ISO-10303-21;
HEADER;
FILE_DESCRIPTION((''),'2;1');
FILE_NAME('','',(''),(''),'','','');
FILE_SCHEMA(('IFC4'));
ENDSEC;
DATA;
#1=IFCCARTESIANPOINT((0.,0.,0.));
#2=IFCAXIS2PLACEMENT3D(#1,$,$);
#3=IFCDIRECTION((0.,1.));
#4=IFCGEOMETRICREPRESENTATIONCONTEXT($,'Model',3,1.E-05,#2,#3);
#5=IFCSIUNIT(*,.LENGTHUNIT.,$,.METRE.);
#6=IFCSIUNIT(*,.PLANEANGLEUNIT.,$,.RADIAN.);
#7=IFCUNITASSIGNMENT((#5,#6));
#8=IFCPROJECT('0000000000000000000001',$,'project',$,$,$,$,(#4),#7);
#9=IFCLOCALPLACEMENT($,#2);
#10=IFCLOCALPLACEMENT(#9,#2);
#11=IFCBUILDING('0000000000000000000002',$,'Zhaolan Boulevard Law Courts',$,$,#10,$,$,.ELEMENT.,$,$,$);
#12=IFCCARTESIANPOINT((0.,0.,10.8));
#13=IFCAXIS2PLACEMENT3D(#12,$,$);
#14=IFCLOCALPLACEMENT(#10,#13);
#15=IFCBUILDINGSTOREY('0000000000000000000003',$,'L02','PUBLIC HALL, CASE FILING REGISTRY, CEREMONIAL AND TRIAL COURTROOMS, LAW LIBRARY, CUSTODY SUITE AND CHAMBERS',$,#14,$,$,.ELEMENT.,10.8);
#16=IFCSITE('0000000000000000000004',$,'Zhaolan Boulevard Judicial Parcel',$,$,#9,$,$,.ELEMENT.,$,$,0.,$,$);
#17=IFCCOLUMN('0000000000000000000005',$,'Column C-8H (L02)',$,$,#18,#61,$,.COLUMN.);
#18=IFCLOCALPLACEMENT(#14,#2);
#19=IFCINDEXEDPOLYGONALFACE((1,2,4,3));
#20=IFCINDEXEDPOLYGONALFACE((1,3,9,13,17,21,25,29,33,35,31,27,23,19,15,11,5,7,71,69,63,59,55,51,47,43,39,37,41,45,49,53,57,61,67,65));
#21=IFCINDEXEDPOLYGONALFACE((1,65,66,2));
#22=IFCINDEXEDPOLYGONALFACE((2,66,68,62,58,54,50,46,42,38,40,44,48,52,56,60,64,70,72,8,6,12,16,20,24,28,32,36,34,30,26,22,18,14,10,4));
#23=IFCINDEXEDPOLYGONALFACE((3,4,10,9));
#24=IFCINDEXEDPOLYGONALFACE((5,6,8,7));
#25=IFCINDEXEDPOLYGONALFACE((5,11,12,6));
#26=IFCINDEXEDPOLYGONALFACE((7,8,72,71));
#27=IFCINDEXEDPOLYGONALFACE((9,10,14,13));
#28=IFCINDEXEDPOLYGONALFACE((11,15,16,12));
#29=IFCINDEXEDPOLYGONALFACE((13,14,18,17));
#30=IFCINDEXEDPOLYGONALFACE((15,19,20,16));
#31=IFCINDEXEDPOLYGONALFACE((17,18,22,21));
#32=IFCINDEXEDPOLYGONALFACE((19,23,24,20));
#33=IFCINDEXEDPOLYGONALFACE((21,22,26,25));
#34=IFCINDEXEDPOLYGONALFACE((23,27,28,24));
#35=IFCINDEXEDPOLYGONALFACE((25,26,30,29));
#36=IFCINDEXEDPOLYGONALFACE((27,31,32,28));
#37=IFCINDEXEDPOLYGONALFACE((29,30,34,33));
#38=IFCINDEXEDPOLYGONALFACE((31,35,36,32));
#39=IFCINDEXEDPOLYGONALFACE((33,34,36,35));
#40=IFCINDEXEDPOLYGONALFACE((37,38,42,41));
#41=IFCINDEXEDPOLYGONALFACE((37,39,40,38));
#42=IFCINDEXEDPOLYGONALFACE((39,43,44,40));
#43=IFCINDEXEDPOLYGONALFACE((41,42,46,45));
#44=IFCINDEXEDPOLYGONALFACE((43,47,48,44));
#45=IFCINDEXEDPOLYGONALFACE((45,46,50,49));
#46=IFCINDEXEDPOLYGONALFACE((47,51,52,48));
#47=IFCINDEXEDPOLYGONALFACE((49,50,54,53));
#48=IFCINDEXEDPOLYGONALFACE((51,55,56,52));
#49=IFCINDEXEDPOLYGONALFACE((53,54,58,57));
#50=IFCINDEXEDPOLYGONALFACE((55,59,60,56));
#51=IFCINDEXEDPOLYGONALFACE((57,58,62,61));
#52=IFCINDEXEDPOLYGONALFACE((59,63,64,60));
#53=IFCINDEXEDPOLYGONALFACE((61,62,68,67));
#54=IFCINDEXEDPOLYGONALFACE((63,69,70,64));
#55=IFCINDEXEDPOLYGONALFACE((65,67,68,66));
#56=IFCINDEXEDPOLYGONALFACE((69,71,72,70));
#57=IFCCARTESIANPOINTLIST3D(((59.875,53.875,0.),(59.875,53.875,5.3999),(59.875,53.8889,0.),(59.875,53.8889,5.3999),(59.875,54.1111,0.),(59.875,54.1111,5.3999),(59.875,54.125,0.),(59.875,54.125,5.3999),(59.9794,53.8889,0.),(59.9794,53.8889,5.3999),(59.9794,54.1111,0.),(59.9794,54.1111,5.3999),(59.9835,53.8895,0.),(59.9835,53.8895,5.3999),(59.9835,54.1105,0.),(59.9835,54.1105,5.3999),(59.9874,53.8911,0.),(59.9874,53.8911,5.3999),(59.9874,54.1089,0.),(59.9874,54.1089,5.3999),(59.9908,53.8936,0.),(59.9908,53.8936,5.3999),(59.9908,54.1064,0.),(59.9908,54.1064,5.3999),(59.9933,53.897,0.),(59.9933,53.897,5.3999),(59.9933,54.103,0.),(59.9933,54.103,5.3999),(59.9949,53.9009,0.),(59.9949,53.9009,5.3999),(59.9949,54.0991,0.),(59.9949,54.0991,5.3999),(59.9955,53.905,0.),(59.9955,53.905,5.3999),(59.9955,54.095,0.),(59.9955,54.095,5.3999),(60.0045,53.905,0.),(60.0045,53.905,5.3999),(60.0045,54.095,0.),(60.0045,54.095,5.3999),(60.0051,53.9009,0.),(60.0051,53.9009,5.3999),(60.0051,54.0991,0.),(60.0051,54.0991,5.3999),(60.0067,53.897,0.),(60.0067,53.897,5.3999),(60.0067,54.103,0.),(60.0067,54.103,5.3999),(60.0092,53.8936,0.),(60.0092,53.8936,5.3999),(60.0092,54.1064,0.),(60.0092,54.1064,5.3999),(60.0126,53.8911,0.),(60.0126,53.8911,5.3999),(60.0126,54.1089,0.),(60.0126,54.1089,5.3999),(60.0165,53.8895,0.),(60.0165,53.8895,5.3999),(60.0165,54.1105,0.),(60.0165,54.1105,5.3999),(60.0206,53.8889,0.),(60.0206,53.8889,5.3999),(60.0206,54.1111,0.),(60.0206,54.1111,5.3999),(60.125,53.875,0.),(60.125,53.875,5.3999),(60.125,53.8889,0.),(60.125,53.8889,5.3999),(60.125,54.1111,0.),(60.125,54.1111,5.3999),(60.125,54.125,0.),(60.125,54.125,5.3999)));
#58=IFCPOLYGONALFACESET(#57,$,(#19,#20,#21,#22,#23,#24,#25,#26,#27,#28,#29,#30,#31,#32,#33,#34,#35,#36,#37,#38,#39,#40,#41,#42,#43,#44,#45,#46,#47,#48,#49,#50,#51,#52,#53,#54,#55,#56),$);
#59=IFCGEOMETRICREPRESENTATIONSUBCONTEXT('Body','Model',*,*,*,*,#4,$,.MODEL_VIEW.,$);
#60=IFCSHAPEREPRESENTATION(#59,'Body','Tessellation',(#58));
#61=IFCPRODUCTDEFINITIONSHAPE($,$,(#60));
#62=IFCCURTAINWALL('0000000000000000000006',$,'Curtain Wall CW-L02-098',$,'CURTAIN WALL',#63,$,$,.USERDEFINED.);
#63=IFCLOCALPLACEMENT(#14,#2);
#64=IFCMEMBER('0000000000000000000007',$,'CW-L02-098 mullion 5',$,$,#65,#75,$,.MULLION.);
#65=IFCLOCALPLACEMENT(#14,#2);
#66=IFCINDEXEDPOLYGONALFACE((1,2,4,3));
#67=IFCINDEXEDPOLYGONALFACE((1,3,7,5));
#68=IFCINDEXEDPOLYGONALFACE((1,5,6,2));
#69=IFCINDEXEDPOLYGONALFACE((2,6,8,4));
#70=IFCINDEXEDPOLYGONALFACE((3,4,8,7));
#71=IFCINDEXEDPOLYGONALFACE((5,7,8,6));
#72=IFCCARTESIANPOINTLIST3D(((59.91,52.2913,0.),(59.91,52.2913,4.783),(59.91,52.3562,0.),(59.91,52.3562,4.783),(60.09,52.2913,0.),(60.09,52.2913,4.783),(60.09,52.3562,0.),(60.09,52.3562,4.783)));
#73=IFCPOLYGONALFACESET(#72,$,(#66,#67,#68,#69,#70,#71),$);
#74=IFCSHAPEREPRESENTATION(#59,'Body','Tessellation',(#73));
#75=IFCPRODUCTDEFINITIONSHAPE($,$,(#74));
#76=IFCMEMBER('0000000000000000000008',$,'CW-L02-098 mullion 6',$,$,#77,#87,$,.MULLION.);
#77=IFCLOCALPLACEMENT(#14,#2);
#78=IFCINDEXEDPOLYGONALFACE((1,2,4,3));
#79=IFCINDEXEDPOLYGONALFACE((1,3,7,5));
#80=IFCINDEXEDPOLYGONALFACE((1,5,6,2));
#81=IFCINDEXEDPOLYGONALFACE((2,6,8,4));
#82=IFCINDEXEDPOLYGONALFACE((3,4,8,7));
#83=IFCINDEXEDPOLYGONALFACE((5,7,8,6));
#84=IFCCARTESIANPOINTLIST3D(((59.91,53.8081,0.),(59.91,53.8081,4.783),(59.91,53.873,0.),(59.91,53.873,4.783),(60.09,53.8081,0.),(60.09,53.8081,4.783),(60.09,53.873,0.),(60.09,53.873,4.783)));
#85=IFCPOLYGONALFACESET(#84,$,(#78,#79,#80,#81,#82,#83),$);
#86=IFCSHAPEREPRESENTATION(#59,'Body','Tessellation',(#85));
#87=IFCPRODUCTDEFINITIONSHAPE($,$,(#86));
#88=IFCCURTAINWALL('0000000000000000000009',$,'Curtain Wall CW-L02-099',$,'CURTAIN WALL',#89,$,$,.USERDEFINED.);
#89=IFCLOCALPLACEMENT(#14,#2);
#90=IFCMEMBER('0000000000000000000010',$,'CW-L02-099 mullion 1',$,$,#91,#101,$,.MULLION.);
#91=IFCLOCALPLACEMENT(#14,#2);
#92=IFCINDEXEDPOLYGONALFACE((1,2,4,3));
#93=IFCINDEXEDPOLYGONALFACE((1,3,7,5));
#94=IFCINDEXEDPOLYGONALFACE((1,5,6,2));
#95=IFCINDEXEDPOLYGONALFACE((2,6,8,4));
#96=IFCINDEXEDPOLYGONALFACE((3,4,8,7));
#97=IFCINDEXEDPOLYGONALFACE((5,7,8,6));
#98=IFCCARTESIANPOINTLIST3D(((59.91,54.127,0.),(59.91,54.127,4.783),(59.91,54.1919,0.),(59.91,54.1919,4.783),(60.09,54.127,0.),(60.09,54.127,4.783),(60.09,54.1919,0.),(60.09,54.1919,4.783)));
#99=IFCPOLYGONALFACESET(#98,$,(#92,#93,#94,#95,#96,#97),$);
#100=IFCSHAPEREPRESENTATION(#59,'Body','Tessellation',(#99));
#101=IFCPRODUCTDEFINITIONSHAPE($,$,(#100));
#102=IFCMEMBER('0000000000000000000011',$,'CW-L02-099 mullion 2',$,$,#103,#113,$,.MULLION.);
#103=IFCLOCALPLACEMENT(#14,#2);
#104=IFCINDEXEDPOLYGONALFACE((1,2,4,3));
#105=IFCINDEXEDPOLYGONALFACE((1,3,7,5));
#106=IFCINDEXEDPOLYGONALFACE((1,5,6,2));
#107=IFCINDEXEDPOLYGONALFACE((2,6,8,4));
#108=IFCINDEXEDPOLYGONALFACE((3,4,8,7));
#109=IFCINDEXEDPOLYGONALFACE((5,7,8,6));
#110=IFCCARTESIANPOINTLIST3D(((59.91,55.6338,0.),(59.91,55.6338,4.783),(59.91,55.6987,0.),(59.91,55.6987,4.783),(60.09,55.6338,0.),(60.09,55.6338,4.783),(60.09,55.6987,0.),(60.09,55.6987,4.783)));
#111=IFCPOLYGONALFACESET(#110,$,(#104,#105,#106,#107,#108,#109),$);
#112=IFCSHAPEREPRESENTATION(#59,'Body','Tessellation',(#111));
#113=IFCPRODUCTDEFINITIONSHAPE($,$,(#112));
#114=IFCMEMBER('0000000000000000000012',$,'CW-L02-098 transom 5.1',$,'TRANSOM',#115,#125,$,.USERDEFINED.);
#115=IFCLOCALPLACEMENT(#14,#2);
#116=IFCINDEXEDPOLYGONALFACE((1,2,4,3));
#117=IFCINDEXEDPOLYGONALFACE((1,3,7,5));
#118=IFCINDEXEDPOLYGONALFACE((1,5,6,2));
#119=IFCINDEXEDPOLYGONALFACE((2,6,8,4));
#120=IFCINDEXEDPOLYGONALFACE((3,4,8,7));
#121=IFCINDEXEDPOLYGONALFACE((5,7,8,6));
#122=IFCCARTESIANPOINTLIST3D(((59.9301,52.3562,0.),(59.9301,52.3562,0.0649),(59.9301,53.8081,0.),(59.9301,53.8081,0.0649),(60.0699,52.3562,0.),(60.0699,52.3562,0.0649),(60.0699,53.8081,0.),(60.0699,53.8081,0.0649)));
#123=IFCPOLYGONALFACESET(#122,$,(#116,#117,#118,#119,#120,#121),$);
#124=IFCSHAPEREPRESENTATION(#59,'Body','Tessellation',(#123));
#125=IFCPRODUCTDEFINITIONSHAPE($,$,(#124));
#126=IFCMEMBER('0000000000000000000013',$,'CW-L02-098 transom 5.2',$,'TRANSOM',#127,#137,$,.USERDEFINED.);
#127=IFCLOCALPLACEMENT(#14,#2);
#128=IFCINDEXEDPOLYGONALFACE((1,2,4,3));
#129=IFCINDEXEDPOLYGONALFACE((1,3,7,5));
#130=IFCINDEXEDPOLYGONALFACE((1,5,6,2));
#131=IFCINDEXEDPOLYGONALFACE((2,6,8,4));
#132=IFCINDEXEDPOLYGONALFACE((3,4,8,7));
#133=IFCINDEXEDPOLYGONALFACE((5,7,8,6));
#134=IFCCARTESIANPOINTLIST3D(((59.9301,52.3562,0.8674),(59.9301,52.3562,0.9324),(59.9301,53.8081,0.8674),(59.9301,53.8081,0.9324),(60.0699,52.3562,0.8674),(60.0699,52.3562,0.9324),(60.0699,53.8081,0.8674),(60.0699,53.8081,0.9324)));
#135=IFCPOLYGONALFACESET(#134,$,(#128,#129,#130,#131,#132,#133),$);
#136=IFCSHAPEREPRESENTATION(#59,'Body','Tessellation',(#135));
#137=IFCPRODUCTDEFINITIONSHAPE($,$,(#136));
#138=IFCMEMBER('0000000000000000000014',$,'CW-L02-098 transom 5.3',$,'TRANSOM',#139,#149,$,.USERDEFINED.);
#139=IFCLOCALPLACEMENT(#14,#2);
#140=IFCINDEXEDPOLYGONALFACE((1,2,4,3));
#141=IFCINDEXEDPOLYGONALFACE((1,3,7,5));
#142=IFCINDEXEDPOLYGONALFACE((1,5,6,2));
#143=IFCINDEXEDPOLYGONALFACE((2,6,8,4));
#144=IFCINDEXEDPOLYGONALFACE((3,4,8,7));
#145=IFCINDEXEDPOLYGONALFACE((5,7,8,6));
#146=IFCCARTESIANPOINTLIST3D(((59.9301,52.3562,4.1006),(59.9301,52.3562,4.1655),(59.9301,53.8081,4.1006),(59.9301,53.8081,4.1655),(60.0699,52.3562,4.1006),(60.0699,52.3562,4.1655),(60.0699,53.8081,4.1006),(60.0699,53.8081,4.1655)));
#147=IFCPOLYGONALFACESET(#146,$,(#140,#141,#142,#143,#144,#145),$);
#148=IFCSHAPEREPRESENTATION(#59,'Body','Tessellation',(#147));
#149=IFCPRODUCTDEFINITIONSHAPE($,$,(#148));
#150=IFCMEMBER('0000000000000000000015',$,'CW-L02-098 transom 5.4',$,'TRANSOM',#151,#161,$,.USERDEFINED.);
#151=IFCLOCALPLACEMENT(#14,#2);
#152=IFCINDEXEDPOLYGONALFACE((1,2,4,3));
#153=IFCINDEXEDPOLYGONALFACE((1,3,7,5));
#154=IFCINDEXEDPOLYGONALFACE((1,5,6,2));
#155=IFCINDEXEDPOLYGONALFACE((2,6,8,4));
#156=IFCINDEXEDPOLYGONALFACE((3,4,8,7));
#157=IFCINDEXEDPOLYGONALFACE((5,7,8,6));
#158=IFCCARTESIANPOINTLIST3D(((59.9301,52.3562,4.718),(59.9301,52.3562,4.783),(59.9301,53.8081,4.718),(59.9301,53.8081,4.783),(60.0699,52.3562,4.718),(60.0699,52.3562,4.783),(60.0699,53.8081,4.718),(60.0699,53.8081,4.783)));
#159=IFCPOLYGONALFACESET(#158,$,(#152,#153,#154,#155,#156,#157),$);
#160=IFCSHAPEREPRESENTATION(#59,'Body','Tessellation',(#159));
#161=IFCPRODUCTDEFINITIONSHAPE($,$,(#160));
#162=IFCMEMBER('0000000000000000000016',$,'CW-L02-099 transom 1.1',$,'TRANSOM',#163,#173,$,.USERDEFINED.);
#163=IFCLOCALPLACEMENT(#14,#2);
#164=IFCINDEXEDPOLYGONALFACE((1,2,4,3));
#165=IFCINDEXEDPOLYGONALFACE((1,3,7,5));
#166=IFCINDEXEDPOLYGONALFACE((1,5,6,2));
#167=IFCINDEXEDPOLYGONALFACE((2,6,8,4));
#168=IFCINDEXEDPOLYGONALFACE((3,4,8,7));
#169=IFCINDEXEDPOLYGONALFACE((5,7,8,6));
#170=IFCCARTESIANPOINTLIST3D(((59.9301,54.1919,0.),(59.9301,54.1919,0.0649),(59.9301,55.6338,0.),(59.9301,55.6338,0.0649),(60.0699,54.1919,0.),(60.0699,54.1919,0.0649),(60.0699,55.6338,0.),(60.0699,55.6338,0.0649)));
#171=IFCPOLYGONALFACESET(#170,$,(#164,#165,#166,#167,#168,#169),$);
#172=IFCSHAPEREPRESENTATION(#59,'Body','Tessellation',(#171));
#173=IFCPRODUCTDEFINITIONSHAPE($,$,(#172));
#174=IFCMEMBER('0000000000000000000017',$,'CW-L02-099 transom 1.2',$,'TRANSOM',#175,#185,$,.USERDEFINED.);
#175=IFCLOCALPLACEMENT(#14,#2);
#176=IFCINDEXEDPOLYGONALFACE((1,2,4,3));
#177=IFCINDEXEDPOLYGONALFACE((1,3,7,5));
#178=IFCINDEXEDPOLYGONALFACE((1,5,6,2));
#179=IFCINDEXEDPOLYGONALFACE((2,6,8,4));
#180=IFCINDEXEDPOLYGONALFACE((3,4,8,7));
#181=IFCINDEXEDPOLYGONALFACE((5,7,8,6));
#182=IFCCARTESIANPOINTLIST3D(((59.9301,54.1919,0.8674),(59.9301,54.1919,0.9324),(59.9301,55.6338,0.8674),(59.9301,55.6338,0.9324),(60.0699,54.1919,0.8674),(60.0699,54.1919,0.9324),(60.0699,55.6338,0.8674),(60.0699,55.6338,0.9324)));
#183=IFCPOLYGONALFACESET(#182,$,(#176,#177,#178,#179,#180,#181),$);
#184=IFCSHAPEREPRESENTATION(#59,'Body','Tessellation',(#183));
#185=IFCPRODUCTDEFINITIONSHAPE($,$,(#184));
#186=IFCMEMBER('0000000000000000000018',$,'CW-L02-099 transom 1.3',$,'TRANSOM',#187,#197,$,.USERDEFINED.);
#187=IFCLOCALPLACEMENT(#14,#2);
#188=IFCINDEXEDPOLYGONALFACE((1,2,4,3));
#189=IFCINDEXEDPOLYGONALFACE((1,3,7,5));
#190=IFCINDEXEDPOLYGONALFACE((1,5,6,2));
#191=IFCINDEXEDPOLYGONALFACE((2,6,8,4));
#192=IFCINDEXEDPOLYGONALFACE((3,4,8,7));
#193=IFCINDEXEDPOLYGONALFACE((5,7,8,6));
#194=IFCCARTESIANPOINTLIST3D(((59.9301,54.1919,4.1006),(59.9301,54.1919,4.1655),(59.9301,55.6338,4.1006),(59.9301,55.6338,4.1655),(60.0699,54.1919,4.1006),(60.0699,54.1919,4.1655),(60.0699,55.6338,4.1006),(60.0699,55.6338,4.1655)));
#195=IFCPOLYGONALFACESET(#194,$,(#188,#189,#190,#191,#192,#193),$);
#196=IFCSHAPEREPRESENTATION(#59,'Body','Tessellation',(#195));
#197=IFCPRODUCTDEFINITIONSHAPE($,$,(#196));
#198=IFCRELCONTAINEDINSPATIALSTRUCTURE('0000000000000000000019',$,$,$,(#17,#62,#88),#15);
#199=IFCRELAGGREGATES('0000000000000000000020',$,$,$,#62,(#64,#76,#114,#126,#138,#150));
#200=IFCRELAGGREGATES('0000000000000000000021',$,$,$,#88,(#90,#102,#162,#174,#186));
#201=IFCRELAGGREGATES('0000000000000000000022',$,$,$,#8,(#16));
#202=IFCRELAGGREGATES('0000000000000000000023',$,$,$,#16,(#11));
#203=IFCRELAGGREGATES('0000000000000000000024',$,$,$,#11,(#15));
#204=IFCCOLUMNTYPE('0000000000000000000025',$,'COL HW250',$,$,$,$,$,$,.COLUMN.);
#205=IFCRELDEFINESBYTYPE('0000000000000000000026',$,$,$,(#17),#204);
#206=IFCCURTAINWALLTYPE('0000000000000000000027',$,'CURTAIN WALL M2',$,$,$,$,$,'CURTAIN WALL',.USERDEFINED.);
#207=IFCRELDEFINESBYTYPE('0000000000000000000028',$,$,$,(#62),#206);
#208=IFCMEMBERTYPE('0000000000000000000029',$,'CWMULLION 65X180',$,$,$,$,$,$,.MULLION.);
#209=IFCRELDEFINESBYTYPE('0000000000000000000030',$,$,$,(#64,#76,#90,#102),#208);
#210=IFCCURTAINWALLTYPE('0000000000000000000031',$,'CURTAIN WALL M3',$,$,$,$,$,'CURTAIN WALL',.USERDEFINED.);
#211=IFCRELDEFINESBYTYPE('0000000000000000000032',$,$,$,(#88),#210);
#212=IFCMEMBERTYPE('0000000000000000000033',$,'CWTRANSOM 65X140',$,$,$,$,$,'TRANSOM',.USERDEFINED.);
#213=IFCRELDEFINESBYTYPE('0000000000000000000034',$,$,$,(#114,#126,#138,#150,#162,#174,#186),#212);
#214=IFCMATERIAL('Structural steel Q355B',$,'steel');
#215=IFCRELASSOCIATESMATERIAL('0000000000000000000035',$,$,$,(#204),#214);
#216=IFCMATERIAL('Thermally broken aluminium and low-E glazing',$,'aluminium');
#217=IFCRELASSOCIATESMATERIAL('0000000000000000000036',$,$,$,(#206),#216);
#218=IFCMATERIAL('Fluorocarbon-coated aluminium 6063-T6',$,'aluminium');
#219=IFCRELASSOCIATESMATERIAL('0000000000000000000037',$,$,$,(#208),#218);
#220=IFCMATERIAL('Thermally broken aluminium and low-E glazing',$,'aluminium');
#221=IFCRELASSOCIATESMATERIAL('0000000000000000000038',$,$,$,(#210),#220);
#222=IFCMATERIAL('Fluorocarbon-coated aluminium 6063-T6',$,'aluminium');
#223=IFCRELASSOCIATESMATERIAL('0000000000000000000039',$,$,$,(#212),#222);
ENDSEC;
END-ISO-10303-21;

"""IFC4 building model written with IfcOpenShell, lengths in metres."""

from ifc_helpers import new_model, si_unit, direction, frame, origin, origin_2d, place, context, subcontext, project, spatial, rectangle, i_section, extrude, material, material_profile, profile_set, type_object, element, aggregate, save


model = new_model("IFC4")

# Units and contexts
model_context = context("Model", 3, precision=1e-05, world=origin(), true_north=direction((0.0, 1.0)))
body_context = subcontext(model_context, "Body", "Model", "MODEL_VIEW")
ifc_project = project(units=[si_unit("LENGTHUNIT", "METRE"), si_unit("PLANEANGLEUNIT", "RADIAN")], contexts=[model_context])

# Site, building, storey
site_placement = place(None, origin())
site = spatial("IfcSite", under=ifc_project, at=site_placement, Name="Zhaolan Boulevard Judicial Parcel", CompositionType="ELEMENT", RefElevation=0.0)
building_placement = place(site_placement, origin())
building = spatial("IfcBuilding", under=site, at=building_placement, Name="Zhaolan Boulevard Law Courts", CompositionType="ELEMENT")
storey_placement = place(building_placement, frame((0.0, 0.0, 10.8)))
storey = spatial("IfcBuildingStorey", under=building, at=storey_placement, Name="L02", Description="PUBLIC HALL, CASE FILING REGISTRY, CEREMONIAL AND TRIAL COURTROOMS, LAW LIBRARY, CUSTODY SUITE AND CHAMBERS", CompositionType="ELEMENT", Elevation=10.8)

# Column
ifc_material_1 = material(Name="Structural steel Q355B", Category="steel")
ifc_material_profile_1 = material_profile(ifc_material_1, i_section(OverallWidth=0.25, OverallDepth=0.25, WebThickness=0.009, FlangeThickness=0.0139, FilletRadius=0.0161, at=origin_2d()), Name="HW250x250")
ifc_profile_set_1 = profile_set([ifc_material_profile_1], Name="Structural steel Q355B")
column_type = type_object("IfcColumnType", Name="COL HW250", PredefinedType="COLUMN", material=ifc_profile_set_1)
column_placement = place(storey_placement, frame((60.0, 54.0, 0.0), z_axis=(0.0, 0.0, 1.0), x_axis=(1.0, 0.0, 0.0)))
element("IfcColumn", 1, at=column_placement, inside=storey, type_object=column_type, Name="Column C-8H (L02)", PredefinedType="COLUMN", context=body_context, shape_type="SweptSolid", body=[
    extrude(i_section(OverallWidth=0.25, OverallDepth=0.25, WebThickness=0.009, FlangeThickness=0.0139, FilletRadius=0.0161, at=origin_2d()), origin(), (0.0, 0.0, 1.0), 5.3999),
])

# Curtain walls, members
ifc_material_2 = material(Name="Thermally broken aluminium and low-E glazing", Category="aluminium")
curtain_wall_type_1 = type_object("IfcCurtainWallType", Name="CURTAIN WALL M2", ElementType="CURTAIN WALL", PredefinedType="USERDEFINED", material=ifc_material_2)
curtain_wall_1_placement = place(storey_placement, origin())
curtain_wall_1 = element("IfcCurtainWall", 2, at=curtain_wall_1_placement, inside=storey, type_object=curtain_wall_type_1, Name="Curtain Wall CW-L02-098", ObjectType="CURTAIN WALL", PredefinedType="USERDEFINED")
ifc_material_3 = material(Name="Fluorocarbon-coated aluminium 6063-T6", Category="aluminium")
ifc_material_profile_2 = material_profile(ifc_material_3, rectangle(XDim=0.1799, YDim=0.0649, at=origin_2d()), Name="AL65x180")
ifc_profile_set_2 = profile_set([ifc_material_profile_2], Name="Fluorocarbon-coated aluminium 6063-T6")
member_type_1 = type_object("IfcMemberType", Name="CWMULLION 65X180", PredefinedType="MULLION", material=ifc_profile_set_2)
member_1_placement = place(storey_placement, frame((60.0, 52.3237, 0.0), z_axis=(0.0, 0.0, 1.0), x_axis=(-1.0, 0.0, 0.0)))
member_1 = element("IfcMember", 3, at=member_1_placement, type_object=member_type_1, Name="CW-L02-098 mullion 5", PredefinedType="MULLION", context=body_context, shape_type="SweptSolid", body=[
    extrude(rectangle(XDim=0.1799, YDim=0.0649, at=origin_2d()), origin(), (0.0, 0.0, 1.0), 4.783),
])
member_2_placement = place(storey_placement, frame((60.0, 53.8406, 0.0), z_axis=(0.0, 0.0, 1.0), x_axis=(-1.0, 0.0, 0.0)))
member_2 = element("IfcMember", 4, at=member_2_placement, type_object=member_type_1, Name="CW-L02-098 mullion 6", PredefinedType="MULLION", context=body_context, shape_type="SweptSolid", body=[
    extrude(rectangle(XDim=0.1799, YDim=0.0649, at=origin_2d()), origin(), (0.0, 0.0, 1.0), 4.783),
])
ifc_material_4 = material(Name="Thermally broken aluminium and low-E glazing", Category="aluminium")
curtain_wall_type_2 = type_object("IfcCurtainWallType", Name="CURTAIN WALL M3", ElementType="CURTAIN WALL", PredefinedType="USERDEFINED", material=ifc_material_4)
curtain_wall_2_placement = place(storey_placement, origin())
curtain_wall_2 = element("IfcCurtainWall", 5, at=curtain_wall_2_placement, inside=storey, type_object=curtain_wall_type_2, Name="Curtain Wall CW-L02-099", ObjectType="CURTAIN WALL", PredefinedType="USERDEFINED")
member_3_placement = place(storey_placement, frame((60.0, 54.1594, 0.0), z_axis=(0.0, 0.0, 1.0), x_axis=(-1.0, 0.0, 0.0)))
member_3 = element("IfcMember", 6, at=member_3_placement, type_object=member_type_1, Name="CW-L02-099 mullion 1", PredefinedType="MULLION", context=body_context, shape_type="SweptSolid", body=[
    extrude(rectangle(XDim=0.1799, YDim=0.0649, at=origin_2d()), origin(), (0.0, 0.0, 1.0), 4.783),
])
member_4_placement = place(storey_placement, frame((60.0, 55.6663, 0.0), z_axis=(0.0, 0.0, 1.0), x_axis=(-1.0, 0.0, 0.0)))
member_4 = element("IfcMember", 7, at=member_4_placement, type_object=member_type_1, Name="CW-L02-099 mullion 2", PredefinedType="MULLION", context=body_context, shape_type="SweptSolid", body=[
    extrude(rectangle(XDim=0.1799, YDim=0.0649, at=origin_2d()), origin(), (0.0, 0.0, 1.0), 4.783),
])

# Members
ifc_material_5 = material(Name="Fluorocarbon-coated aluminium 6063-T6", Category="aluminium")
ifc_material_profile_3 = material_profile(ifc_material_5, rectangle(XDim=0.1399, YDim=0.0649, at=origin_2d()), Name="AL65x140")
ifc_profile_set_3 = profile_set([ifc_material_profile_3], Name="Fluorocarbon-coated aluminium 6063-T6")
member_type_2 = type_object("IfcMemberType", Name="CWTRANSOM 65X140", ElementType="TRANSOM", PredefinedType="USERDEFINED", material=ifc_profile_set_3)
member_5_placement = place(storey_placement, frame((60.0, 52.3562, 0.0325), z_axis=(0.0, 1.0, 0.0), x_axis=(-1.0, 0.0, 0.0)))
member_5 = element("IfcMember", 8, at=member_5_placement, type_object=member_type_2, Name="CW-L02-098 transom 5.1", ObjectType="TRANSOM", PredefinedType="USERDEFINED", context=body_context, shape_type="SweptSolid", body=[
    extrude(rectangle(XDim=0.1399, YDim=0.0649, at=origin_2d()), origin(), (0.0, 0.0, 1.0), 1.4519),
])
member_6_placement = place(storey_placement, frame((60.0, 52.3562, 0.8999), z_axis=(0.0, 1.0, 0.0), x_axis=(-1.0, 0.0, 0.0)))
member_6 = element("IfcMember", 9, at=member_6_placement, type_object=member_type_2, Name="CW-L02-098 transom 5.2", ObjectType="TRANSOM", PredefinedType="USERDEFINED", context=body_context, shape_type="SweptSolid", body=[
    extrude(rectangle(XDim=0.1399, YDim=0.0649, at=origin_2d()), origin(), (0.0, 0.0, 1.0), 1.4519),
])
member_7_placement = place(storey_placement, frame((60.0, 52.3562, 4.1331), z_axis=(0.0, 1.0, 0.0), x_axis=(-1.0, 0.0, 0.0)))
member_7 = element("IfcMember", 10, at=member_7_placement, type_object=member_type_2, Name="CW-L02-098 transom 5.3", ObjectType="TRANSOM", PredefinedType="USERDEFINED", context=body_context, shape_type="SweptSolid", body=[
    extrude(rectangle(XDim=0.1399, YDim=0.0649, at=origin_2d()), origin(), (0.0, 0.0, 1.0), 1.4519),
])
member_8_placement = place(storey_placement, frame((60.0, 52.3562, 4.7505), z_axis=(0.0, 1.0, 0.0), x_axis=(-1.0, 0.0, 0.0)))
member_8 = element("IfcMember", 11, at=member_8_placement, type_object=member_type_2, Name="CW-L02-098 transom 5.4", ObjectType="TRANSOM", PredefinedType="USERDEFINED", context=body_context, shape_type="SweptSolid", body=[
    extrude(rectangle(XDim=0.1399, YDim=0.0649, at=origin_2d()), origin(), (0.0, 0.0, 1.0), 1.4519),
])
member_9_placement = place(storey_placement, frame((60.0, 54.1919, 0.0325), z_axis=(0.0, 1.0, 0.0), x_axis=(-1.0, 0.0, 0.0)))
member_9 = element("IfcMember", 12, at=member_9_placement, type_object=member_type_2, Name="CW-L02-099 transom 1.1", ObjectType="TRANSOM", PredefinedType="USERDEFINED", context=body_context, shape_type="SweptSolid", body=[
    extrude(rectangle(XDim=0.1399, YDim=0.0649, at=origin_2d()), origin(), (0.0, 0.0, 1.0), 1.4419),
])
member_10_placement = place(storey_placement, frame((60.0, 54.1919, 0.8999), z_axis=(0.0, 1.0, 0.0), x_axis=(-1.0, 0.0, 0.0)))
member_10 = element("IfcMember", 13, at=member_10_placement, type_object=member_type_2, Name="CW-L02-099 transom 1.2", ObjectType="TRANSOM", PredefinedType="USERDEFINED", context=body_context, shape_type="SweptSolid", body=[
    extrude(rectangle(XDim=0.1399, YDim=0.0649, at=origin_2d()), origin(), (0.0, 0.0, 1.0), 1.4419),
])
member_11_placement = place(storey_placement, frame((60.0, 54.1919, 4.1331), z_axis=(0.0, 1.0, 0.0), x_axis=(-1.0, 0.0, 0.0)))
member_11 = element("IfcMember", 14, at=member_11_placement, type_object=member_type_2, Name="CW-L02-099 transom 1.3", ObjectType="TRANSOM", PredefinedType="USERDEFINED", context=body_context, shape_type="SweptSolid", body=[
    extrude(rectangle(XDim=0.1399, YDim=0.0649, at=origin_2d()), origin(), (0.0, 0.0, 1.0), 1.4419),
])

aggregate(curtain_wall_1, [member_1, member_2, member_5, member_6, member_7, member_8])
aggregate(curtain_wall_2, [member_3, member_4, member_9, member_10, member_11])

save(model, "model.ifc")
